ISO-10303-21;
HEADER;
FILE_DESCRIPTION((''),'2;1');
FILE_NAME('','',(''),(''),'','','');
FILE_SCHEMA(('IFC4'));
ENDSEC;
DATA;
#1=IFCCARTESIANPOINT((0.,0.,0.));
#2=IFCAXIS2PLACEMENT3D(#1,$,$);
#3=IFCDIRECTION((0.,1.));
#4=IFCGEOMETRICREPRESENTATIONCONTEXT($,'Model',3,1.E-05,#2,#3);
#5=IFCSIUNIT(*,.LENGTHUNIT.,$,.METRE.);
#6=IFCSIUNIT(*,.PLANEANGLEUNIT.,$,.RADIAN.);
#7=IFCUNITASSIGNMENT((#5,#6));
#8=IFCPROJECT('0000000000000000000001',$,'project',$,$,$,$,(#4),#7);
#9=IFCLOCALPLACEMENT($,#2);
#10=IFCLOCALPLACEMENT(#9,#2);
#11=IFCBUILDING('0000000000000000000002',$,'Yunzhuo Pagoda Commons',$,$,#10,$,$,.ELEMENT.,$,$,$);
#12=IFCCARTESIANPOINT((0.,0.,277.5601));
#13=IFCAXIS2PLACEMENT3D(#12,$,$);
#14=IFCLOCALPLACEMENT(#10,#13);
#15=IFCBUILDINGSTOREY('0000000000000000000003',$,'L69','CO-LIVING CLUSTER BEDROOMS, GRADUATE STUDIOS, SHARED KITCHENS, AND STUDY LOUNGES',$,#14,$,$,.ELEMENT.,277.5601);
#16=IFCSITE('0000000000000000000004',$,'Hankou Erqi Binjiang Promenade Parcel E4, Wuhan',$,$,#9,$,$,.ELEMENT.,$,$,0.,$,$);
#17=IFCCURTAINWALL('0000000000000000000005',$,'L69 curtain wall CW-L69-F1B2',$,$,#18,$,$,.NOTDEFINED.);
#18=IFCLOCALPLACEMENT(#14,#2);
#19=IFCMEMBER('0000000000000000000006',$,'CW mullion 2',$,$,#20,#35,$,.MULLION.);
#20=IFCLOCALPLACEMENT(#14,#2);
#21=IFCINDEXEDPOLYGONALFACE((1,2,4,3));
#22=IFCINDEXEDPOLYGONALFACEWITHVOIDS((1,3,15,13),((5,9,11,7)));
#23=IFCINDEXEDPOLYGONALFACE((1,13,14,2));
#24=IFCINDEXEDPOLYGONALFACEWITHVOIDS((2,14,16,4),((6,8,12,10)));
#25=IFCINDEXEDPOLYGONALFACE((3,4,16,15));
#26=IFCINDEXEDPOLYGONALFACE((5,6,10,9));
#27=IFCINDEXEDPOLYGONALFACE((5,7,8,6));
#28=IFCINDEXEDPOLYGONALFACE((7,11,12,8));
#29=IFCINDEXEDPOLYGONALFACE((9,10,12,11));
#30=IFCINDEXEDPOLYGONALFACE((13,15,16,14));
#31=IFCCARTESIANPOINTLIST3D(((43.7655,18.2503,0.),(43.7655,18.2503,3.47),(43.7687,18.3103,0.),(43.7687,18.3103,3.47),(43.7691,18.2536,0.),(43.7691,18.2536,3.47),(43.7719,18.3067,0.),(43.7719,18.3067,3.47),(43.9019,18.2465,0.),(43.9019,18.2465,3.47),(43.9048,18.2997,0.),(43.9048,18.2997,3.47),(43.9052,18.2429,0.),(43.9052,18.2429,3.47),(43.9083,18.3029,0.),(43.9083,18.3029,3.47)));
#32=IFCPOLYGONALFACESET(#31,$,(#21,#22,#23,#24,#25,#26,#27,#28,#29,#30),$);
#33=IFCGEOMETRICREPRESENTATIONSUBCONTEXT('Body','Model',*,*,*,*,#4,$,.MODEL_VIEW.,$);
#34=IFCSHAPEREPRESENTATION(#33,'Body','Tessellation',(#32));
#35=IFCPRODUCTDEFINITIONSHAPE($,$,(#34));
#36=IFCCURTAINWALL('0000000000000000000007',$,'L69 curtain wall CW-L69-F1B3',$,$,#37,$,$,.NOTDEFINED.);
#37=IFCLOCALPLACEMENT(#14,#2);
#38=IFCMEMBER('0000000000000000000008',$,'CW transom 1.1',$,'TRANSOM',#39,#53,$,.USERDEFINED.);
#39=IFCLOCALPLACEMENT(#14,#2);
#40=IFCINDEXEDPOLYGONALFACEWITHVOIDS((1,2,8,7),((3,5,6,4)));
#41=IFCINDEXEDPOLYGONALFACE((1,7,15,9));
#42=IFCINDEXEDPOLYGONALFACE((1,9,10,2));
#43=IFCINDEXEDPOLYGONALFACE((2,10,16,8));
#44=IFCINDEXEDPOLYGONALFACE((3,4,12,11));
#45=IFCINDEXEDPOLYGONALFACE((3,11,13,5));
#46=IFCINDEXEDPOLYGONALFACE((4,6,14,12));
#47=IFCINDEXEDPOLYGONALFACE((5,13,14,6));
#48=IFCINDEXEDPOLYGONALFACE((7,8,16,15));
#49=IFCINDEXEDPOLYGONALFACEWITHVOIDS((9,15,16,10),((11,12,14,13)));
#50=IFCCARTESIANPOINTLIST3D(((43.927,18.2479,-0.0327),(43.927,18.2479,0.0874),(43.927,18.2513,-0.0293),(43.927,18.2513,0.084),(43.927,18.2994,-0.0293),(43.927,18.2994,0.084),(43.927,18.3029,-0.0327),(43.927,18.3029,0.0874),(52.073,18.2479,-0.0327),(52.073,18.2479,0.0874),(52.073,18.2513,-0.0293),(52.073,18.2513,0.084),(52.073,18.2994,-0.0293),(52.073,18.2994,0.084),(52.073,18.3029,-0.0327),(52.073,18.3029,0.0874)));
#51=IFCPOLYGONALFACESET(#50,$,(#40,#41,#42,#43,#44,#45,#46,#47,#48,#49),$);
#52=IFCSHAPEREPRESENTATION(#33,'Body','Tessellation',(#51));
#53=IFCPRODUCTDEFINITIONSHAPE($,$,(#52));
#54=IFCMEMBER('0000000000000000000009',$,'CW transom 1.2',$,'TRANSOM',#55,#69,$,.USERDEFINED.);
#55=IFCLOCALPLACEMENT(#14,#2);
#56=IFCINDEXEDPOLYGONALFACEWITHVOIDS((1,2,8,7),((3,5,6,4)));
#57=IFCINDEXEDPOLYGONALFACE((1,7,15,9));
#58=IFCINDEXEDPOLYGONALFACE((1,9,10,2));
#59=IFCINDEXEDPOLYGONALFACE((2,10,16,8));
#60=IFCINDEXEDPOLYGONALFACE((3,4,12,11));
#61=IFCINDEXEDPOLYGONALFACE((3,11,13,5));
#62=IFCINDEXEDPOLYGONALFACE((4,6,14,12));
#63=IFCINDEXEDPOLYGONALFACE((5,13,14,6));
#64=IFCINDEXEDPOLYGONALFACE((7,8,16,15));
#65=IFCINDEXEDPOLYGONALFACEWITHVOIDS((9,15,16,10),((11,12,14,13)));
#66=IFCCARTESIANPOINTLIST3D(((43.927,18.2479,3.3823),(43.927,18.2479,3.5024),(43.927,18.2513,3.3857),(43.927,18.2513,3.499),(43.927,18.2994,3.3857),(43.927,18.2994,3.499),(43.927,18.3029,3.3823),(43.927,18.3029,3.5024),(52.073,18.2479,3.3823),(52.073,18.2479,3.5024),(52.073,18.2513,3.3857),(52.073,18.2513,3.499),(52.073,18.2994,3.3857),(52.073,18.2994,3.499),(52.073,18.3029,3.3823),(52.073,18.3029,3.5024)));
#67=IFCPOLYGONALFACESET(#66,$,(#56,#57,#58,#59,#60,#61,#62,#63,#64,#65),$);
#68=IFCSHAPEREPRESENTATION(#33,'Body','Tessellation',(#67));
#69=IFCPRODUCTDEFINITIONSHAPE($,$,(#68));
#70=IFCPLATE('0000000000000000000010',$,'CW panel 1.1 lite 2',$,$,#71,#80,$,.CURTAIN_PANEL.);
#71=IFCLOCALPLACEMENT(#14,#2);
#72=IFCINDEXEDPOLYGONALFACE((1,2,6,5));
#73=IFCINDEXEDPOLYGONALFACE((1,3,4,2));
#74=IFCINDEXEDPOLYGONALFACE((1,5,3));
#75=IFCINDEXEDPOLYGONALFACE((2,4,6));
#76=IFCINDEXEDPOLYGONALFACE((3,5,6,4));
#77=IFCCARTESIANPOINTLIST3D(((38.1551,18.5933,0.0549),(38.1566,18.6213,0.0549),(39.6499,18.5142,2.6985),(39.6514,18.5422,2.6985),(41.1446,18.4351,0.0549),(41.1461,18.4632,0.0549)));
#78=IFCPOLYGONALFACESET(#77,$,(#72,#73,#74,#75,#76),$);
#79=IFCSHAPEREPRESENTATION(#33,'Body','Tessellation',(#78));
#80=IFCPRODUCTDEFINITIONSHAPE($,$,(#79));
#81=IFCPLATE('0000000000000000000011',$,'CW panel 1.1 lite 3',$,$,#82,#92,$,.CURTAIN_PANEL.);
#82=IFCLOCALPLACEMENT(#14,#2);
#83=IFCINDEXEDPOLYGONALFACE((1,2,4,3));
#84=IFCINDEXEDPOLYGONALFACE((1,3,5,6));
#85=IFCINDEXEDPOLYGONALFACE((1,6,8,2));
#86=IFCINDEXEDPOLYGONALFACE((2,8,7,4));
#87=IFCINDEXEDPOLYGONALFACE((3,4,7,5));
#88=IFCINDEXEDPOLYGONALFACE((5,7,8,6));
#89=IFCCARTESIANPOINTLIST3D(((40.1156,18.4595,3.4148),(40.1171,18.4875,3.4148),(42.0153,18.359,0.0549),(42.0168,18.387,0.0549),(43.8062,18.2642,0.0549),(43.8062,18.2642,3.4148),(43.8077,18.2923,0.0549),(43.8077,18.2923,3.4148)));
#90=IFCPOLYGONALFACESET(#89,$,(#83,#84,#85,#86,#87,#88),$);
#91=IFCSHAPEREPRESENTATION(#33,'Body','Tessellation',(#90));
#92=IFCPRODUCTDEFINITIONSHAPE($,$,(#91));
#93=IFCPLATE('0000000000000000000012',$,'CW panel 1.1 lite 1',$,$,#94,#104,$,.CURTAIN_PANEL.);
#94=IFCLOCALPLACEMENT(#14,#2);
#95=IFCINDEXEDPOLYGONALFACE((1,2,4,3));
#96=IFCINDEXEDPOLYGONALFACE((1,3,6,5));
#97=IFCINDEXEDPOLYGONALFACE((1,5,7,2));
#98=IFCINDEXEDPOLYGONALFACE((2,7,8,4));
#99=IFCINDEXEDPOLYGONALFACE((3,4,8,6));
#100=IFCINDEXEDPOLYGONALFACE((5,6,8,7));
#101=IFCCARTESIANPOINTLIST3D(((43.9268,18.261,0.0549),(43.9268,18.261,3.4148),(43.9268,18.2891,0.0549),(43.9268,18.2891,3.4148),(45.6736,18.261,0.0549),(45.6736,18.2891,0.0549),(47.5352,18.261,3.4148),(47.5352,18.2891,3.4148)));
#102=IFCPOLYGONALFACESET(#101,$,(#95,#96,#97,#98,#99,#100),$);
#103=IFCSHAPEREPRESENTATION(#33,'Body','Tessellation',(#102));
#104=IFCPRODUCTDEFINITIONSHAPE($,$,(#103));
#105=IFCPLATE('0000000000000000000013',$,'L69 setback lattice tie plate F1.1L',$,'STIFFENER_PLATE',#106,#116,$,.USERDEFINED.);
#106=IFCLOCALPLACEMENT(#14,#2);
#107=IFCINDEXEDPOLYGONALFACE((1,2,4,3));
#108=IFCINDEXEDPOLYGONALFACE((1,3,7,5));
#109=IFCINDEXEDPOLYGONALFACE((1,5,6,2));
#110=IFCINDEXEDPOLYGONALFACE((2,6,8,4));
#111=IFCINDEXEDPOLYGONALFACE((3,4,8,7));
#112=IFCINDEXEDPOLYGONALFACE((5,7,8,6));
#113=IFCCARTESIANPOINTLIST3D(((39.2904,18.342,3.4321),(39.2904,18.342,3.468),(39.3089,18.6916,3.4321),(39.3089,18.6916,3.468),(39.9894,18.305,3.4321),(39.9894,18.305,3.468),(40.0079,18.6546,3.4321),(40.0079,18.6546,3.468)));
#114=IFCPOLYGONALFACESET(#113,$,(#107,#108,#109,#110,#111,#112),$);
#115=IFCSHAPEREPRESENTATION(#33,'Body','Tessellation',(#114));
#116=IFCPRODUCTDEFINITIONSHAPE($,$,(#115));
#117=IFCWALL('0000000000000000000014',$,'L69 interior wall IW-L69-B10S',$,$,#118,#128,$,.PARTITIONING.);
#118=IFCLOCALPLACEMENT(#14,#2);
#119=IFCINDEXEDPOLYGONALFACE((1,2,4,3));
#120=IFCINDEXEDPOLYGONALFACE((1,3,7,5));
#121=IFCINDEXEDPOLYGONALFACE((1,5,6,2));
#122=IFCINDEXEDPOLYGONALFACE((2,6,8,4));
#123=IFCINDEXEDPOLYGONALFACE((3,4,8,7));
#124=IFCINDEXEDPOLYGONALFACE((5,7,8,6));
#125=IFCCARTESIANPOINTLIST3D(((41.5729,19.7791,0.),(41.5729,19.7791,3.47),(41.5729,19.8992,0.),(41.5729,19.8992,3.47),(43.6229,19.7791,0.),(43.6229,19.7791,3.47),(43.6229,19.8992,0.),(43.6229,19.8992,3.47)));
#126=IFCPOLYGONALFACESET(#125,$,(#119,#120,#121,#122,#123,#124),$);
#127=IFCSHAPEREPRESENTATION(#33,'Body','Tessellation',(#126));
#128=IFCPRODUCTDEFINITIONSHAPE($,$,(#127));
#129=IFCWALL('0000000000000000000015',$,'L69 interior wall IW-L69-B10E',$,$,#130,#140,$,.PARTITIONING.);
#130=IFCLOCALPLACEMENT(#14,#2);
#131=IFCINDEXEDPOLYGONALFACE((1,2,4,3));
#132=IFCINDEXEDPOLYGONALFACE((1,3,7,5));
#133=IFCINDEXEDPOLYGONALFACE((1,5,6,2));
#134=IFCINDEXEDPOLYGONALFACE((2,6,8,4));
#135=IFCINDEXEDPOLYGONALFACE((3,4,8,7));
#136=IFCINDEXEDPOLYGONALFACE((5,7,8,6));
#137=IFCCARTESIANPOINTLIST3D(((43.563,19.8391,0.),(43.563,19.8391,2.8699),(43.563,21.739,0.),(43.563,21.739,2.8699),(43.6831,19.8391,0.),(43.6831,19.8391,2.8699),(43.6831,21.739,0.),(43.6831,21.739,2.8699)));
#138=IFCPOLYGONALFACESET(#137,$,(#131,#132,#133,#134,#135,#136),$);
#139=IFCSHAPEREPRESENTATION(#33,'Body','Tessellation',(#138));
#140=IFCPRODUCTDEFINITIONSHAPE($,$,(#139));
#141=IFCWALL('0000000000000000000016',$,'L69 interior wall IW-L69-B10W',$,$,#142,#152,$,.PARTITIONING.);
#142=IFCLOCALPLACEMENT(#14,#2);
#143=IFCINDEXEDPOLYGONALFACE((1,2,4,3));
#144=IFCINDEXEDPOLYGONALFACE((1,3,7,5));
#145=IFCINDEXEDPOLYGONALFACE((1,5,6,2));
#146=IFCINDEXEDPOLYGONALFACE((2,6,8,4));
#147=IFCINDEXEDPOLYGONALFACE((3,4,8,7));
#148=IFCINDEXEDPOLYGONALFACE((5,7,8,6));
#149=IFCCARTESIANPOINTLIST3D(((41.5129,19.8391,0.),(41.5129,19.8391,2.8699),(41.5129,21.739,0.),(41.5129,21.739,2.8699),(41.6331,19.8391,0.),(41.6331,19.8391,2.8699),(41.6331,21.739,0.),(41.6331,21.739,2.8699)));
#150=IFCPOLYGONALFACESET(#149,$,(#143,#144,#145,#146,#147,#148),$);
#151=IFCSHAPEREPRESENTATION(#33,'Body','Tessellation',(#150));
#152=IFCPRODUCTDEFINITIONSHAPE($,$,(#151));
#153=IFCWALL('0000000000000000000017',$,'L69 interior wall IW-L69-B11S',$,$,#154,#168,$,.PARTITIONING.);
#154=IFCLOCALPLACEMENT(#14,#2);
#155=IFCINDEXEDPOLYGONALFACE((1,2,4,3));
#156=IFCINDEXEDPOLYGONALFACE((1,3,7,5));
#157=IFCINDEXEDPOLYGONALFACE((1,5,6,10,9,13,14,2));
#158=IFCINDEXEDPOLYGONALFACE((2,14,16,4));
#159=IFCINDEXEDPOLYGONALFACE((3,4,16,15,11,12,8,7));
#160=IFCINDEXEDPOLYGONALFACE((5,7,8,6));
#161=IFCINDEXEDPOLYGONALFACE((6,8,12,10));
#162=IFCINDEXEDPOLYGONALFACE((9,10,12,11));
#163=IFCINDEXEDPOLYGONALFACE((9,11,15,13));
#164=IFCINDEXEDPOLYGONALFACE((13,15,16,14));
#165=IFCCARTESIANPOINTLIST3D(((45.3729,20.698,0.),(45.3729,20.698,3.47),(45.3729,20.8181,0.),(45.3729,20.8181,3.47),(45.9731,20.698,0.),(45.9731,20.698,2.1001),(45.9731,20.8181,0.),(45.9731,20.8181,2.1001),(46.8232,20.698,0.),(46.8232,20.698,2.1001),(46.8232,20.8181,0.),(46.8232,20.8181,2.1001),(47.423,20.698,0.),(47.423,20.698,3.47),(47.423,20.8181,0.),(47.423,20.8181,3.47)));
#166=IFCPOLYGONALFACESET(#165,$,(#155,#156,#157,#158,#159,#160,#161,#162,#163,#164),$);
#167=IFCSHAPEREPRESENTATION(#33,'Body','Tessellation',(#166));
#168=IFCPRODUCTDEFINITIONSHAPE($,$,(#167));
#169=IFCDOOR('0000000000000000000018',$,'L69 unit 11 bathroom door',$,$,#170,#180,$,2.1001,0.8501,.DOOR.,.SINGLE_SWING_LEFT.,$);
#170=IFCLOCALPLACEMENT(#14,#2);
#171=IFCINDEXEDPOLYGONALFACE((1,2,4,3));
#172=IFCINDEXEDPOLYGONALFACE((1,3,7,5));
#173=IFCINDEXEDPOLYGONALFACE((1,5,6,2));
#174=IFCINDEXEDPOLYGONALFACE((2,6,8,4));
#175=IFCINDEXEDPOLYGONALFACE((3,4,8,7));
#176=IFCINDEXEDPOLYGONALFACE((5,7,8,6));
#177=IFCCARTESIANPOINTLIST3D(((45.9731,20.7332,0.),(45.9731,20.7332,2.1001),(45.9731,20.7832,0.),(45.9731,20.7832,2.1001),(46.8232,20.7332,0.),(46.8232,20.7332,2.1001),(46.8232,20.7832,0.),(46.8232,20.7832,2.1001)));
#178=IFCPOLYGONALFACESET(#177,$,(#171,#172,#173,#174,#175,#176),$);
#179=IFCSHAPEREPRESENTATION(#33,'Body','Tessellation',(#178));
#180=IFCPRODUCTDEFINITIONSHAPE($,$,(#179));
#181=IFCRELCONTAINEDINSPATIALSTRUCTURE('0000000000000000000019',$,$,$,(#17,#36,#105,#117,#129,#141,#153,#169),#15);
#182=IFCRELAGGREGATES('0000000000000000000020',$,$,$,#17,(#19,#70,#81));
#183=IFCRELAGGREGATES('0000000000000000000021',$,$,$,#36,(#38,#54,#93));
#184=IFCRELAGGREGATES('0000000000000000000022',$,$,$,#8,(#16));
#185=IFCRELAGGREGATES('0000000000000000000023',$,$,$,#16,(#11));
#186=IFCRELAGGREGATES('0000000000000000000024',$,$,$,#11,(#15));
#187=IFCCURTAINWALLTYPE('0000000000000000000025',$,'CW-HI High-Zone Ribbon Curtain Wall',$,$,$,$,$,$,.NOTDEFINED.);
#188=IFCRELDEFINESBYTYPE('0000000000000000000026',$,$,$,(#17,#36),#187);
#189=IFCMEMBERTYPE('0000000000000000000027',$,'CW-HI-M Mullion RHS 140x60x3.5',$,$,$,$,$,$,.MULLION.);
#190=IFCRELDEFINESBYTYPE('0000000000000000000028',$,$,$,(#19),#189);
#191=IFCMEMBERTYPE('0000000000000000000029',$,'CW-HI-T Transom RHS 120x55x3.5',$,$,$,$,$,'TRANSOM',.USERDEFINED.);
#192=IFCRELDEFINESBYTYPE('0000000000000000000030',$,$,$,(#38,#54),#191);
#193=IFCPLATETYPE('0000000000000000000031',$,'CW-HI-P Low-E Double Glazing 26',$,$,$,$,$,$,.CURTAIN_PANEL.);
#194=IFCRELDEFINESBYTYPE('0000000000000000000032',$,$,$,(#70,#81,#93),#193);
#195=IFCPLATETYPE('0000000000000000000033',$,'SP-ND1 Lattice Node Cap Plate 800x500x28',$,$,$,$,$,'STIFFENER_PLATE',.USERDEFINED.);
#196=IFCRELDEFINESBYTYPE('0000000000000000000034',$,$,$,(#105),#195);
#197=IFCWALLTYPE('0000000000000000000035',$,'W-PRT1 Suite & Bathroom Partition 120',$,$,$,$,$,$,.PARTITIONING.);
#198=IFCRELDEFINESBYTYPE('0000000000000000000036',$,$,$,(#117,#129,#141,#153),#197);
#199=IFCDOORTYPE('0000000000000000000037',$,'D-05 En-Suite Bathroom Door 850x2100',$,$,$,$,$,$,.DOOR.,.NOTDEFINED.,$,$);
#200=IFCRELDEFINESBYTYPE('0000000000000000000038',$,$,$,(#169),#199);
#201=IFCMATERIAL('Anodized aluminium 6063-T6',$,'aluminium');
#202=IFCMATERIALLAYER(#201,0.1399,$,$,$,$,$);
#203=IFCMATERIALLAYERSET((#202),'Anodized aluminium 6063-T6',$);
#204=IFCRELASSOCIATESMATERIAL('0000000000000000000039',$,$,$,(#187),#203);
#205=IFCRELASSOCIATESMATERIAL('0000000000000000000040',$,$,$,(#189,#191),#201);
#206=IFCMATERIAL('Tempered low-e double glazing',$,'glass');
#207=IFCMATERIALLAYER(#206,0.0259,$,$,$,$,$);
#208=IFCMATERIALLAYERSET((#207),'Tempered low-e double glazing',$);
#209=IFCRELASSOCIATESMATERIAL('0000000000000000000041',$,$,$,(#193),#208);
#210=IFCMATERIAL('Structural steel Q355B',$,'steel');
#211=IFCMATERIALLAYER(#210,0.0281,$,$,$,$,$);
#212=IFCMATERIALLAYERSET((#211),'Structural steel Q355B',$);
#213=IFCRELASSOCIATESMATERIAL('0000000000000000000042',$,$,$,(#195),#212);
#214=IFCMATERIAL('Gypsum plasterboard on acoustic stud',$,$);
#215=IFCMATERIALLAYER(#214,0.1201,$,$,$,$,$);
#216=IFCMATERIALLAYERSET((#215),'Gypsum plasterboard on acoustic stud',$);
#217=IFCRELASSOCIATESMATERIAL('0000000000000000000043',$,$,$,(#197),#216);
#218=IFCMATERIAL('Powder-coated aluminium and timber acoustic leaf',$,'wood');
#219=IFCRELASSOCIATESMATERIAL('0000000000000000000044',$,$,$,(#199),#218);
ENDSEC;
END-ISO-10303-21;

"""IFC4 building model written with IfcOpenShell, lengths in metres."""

from ifc_helpers import new_model, si_unit, direction, frame, frame_2d, origin, origin_2d, place, context, subcontext, project, spatial, polyline, rectangle, hollow_rectangle, outline, extrude, source, transform, mapped, material, layer, layer_set, material_profile, profile_set, type_object, element, fill, aggregate, save


model = new_model("IFC4")

# Units and contexts
model_context = context("Model", 3, precision=1e-05, world=origin(), true_north=direction((0.0, 1.0)))
body_context = subcontext(model_context, "Body", "Model", "MODEL_VIEW")
ifc_project = project(units=[si_unit("LENGTHUNIT", "METRE"), si_unit("PLANEANGLEUNIT", "RADIAN")], contexts=[model_context])

# Site, building, storey
site_placement = place(None, origin())
site = spatial("IfcSite", under=ifc_project, at=site_placement, Name="Hankou Erqi Binjiang Promenade Parcel E4, Wuhan", CompositionType="ELEMENT", RefElevation=0.0)
building_placement = place(site_placement, origin())
building = spatial("IfcBuilding", under=site, at=building_placement, Name="Yunzhuo Pagoda Commons", CompositionType="ELEMENT")
storey_placement = place(building_placement, frame((0.0, 0.0, 277.5601)))
storey = spatial("IfcBuildingStorey", under=building, at=storey_placement, Name="L69", Description="CO-LIVING CLUSTER BEDROOMS, GRADUATE STUDIOS, SHARED KITCHENS, AND STUDY LOUNGES", CompositionType="ELEMENT", Elevation=277.5601)

# Shared definitions
ifc_material_1 = material(Name="Structural steel Q355B", Category="steel")

# Curtain wall, member
ifc_material_2 = material(Name="Anodized aluminium 6063-T6", Category="aluminium")
ifc_layer_1 = layer(ifc_material_2, 0.1399)
ifc_layer_set_1 = layer_set([ifc_layer_1], Name="Anodized aluminium 6063-T6")
curtain_wall_type = type_object("IfcCurtainWallType", Name="CW-HI High-Zone Ribbon Curtain Wall", PredefinedType="NOTDEFINED", material=ifc_layer_set_1)
curtain_wall_1_placement = place(storey_placement, origin())
curtain_wall_1 = element("IfcCurtainWall", 1, at=curtain_wall_1_placement, inside=storey, type_object=curtain_wall_type, Name="L69 curtain wall CW-L69-F1B2", PredefinedType="NOTDEFINED")
ifc_material_profile_1 = material_profile(ifc_material_2, hollow_rectangle(XDim=0.0601, YDim=0.1399, WallThickness=0.0034, at=origin_2d()), Name="Anodized aluminium 6063-T6")
ifc_profile_set_1 = profile_set([ifc_material_profile_1], Name="Anodized aluminium 6063-T6")
member_type_1 = type_object("IfcMemberType", Name="CW-HI-M Mullion RHS 140x60x3.5", PredefinedType="MULLION", material=ifc_profile_set_1)
shared_shape_1 = source(origin(), body_context, "Body", "SweptSolid", [
    extrude(hollow_rectangle(XDim=0.0601, YDim=0.1399, WallThickness=0.0034, at=origin_2d()), origin(), (0.0, 0.0, 1.0), 3.47),
])
member_1_placement = place(storey_placement, frame((43.8369, 18.2766, 0.0), z_axis=(0.0, 0.0, 1.0), x_axis=(0.052822, 0.998604, 0.0)))
member_1 = element("IfcMember", 2, at=member_1_placement, type_object=member_type_1, Name="CW mullion 2", PredefinedType="MULLION", context=body_context, shape_type="MappedRepresentation", body=[
    mapped(shared_shape_1, transform((0.0, 0.0, 0.0), scale=1.0)),
])

# Curtain wall, members
curtain_wall_2_placement = place(storey_placement, origin())
curtain_wall_2 = element("IfcCurtainWall", 3, at=curtain_wall_2_placement, inside=storey, type_object=curtain_wall_type, Name="L69 curtain wall CW-L69-F1B3", PredefinedType="NOTDEFINED")
ifc_material_profile_2 = material_profile(ifc_material_2, hollow_rectangle(XDim=0.0549, YDim=0.1201, WallThickness=0.0034, at=origin_2d()), Name="Anodized aluminium 6063-T6")
ifc_profile_set_2 = profile_set([ifc_material_profile_2], Name="Anodized aluminium 6063-T6")
member_type_2 = type_object("IfcMemberType", Name="CW-HI-T Transom RHS 120x55x3.5", ElementType="TRANSOM", PredefinedType="USERDEFINED", material=ifc_profile_set_2)
shared_shape_2 = source(origin(), body_context, "Body", "SweptSolid", [
    extrude(hollow_rectangle(XDim=0.0549, YDim=0.1201, WallThickness=0.0034, at=origin_2d()), origin(), (0.0, 0.0, 1.0), 8.146),
])
member_2_placement = place(storey_placement, frame((43.927, 18.2754, 0.0273), z_axis=(1.0, 0.0, 0.0), x_axis=(0.0, 1.0, 0.0)))
member_2 = element("IfcMember", 4, at=member_2_placement, type_object=member_type_2, Name="CW transom 1.1", ObjectType="TRANSOM", PredefinedType="USERDEFINED", context=body_context, shape_type="MappedRepresentation", body=[
    mapped(shared_shape_2, transform((0.0, 0.0, 0.0), scale=1.0)),
])
member_3_placement = place(storey_placement, frame((43.927, 18.2754, 3.4424), z_axis=(1.0, 0.0, 0.0), x_axis=(0.0, 1.0, 0.0)))
member_3 = element("IfcMember", 5, at=member_3_placement, type_object=member_type_2, Name="CW transom 1.2", ObjectType="TRANSOM", PredefinedType="USERDEFINED", context=body_context, shape_type="MappedRepresentation", body=[
    mapped(shared_shape_2, transform((0.0, 0.0, 0.0), scale=1.0)),
])

# Plates
ifc_material_3 = material(Name="Tempered low-e double glazing", Category="glass")
ifc_layer_2 = layer(ifc_material_3, 0.0259)
ifc_layer_set_2 = layer_set([ifc_layer_2], Name="Tempered low-e double glazing")
plate_type_1 = type_object("IfcPlateType", Name="CW-HI-P Low-E Double Glazing 26", PredefinedType="CURTAIN_PANEL", material=ifc_layer_set_2)
plate_1_placement = place(storey_placement, frame((39.6514, 18.5422, 1.3767), z_axis=(-0.052822, -0.998604, 0.0), x_axis=(0.998604, -0.052822, 0.0)))
plate_1 = element("IfcPlate", 6, at=plate_1_placement, type_object=plate_type_1, Name="CW panel 1.1 lite 2", PredefinedType="CURTAIN_PANEL", context=body_context, shape_type="SweptSolid", body=[
    extrude(outline(polyline([(-1.4968, -1.3218), (1.4968, -1.3218), (0.0, 1.3218), (-1.4968, -1.3218)])), origin(), (0.0, 0.0, 1.0), 0.0281),
])
plate_2_placement = place(storey_placement, frame((41.9624, 18.3899, 1.7349), z_axis=(-0.052822, -0.998604, 0.0), x_axis=(0.998604, -0.052822, 0.0)))
plate_2 = element("IfcPlate", 7, at=plate_2_placement, type_object=plate_type_1, Name="CW panel 1.1 lite 3", PredefinedType="CURTAIN_PANEL", context=body_context, shape_type="SweptSolid", body=[
    extrude(outline(polyline([(-1.8479, 1.6799), (0.0544, -1.6799), (1.8479, -1.6799), (1.8479, 1.6799), (-1.8479, 1.6799)])), origin(), (0.0, 0.0, 1.0), 0.0281),
])
aggregate(curtain_wall_1, [member_1, plate_1, plate_2])
plate_3_placement = place(storey_placement, frame((45.731, 18.2891, 1.7349), z_axis=(0.0, -1.0, 0.0), x_axis=(1.0, 0.0, 0.0)))
plate_3 = element("IfcPlate", 8, at=plate_3_placement, type_object=plate_type_1, Name="CW panel 1.1 lite 1", PredefinedType="CURTAIN_PANEL", context=body_context, shape_type="SweptSolid", body=[
    extrude(outline(polyline([(-1.8042, -1.6799), (-0.0574, -1.6799), (1.8042, 1.6799), (-1.8042, 1.6799), (-1.8042, -1.6799)])), origin(), (0.0, 0.0, 1.0), 0.0281),
])
aggregate(curtain_wall_2, [member_2, member_3, plate_3])
ifc_layer_3 = layer(ifc_material_1, 0.0281)
ifc_layer_set_3 = layer_set([ifc_layer_3], Name="Structural steel Q355B")
plate_type_2 = type_object("IfcPlateType", Name="SP-ND1 Lattice Node Cap Plate 800x500x28", ElementType="STIFFENER_PLATE", PredefinedType="USERDEFINED", material=ifc_layer_set_3)
shared_shape_3 = source(origin(), body_context, "Body", "SweptSolid", [
    extrude(rectangle(XDim=0.7, YDim=0.3501, at=origin_2d()), origin(), (0.0, 0.0, 1.0), 0.0359),
])
plate_4_placement = place(storey_placement, frame((39.6492, 18.4983, 3.4321), z_axis=(0.0, 0.0, 1.0), x_axis=(0.998604, -0.052824, 0.0)))
element("IfcPlate", 9, at=plate_4_placement, inside=storey, type_object=plate_type_2, Name="L69 setback lattice tie plate F1.1L", ObjectType="STIFFENER_PLATE", PredefinedType="USERDEFINED", context=body_context, shape_type="MappedRepresentation", body=[
    mapped(shared_shape_3, transform((0.0, 0.0, 0.0), scale=1.0)),
])

# Walls
ifc_material_4 = material(Name="Gypsum plasterboard on acoustic stud")
ifc_layer_4 = layer(ifc_material_4, 0.1201)
ifc_layer_set_4 = layer_set([ifc_layer_4], Name="Gypsum plasterboard on acoustic stud")
wall_type = type_object("IfcWallType", Name="W-PRT1 Suite & Bathroom Partition 120", PredefinedType="PARTITIONING", material=ifc_layer_set_4)
wall_1_placement = place(storey_placement, frame((41.573, 19.8391, 0.0), z_axis=(0.0, 0.0, 1.0), x_axis=(1.0, 0.0, 0.0)))
element("IfcWall", 10, at=wall_1_placement, inside=storey, type_object=wall_type, Name="L69 interior wall IW-L69-B10S", PredefinedType="PARTITIONING", context=body_context, shape_type="SweptSolid", body=[
    extrude(rectangle(XDim=2.05, YDim=0.1201, at=frame_2d((1.0249, 0.0))), origin(), (0.0, 0.0, 1.0), 3.47),
])
for number, where, z_axis, x_axis, name in (
    (11, (43.623, 19.8391, 0.0), (0.0, 0.0, 1.0), (0.0, 1.0, 0.0), "L69 interior wall IW-L69-B10E"),
    (12, (41.573, 21.739, 0.0), (0.0, 0.0, 1.0), (0.0, -1.0, 0.0), "L69 interior wall IW-L69-B10W"),
):
    element("IfcWall", number, at=place(storey_placement, frame(where, z_axis=z_axis, x_axis=x_axis)), inside=storey, type_object=wall_type, Name=name, PredefinedType="PARTITIONING", context=body_context, shape_type="SweptSolid", body=[
        extrude(rectangle(XDim=1.8999, YDim=0.1201, at=frame_2d((0.95, 0.0))), origin(), (0.0, 0.0, 1.0), 2.8699),
    ])

# Wall, opening, door
wall_2_placement = place(storey_placement, frame((45.373, 20.7581, 0.0), z_axis=(0.0, 0.0, 1.0), x_axis=(1.0, 0.0, 0.0)))
wall_2 = element("IfcWall", 13, at=wall_2_placement, inside=storey, type_object=wall_type, Name="L69 interior wall IW-L69-B11S", PredefinedType="PARTITIONING", context=body_context, shape_type="SweptSolid", body=[
    extrude(rectangle(XDim=2.05, YDim=0.1201, at=frame_2d((1.0249, 0.0))), origin(), (0.0, 0.0, 1.0), 3.47),
])
opening_placement = place(wall_2_placement, frame((0.6001, 0.0, 0.0)))
opening = element("IfcOpeningElement", 14, at=opening_placement, cuts=wall_2, PredefinedType="OPENING", context=body_context, shape_type="SweptSolid", body=[
    extrude(rectangle(XDim=0.8501, YDim=2.1001, at=frame_2d((0.425, 1.05))), frame((0.0, 0.0701, 0.0), z_axis=(0.0, -1.0, 0.0), x_axis=(1.0, 0.0, 0.0)), (0.0, 0.0, 1.0), 0.1401),
])
ifc_material_5 = material(Name="Powder-coated aluminium and timber acoustic leaf", Category="wood")
door_type = type_object("IfcDoorType", Name="D-05 En-Suite Bathroom Door 850x2100", OperationType="NOTDEFINED", PredefinedType="DOOR", material=ifc_material_5)
shared_shape_4 = source(origin(), body_context, "Body", "SweptSolid", [
    extrude(rectangle(XDim=0.8501, YDim=2.1001, at=frame_2d((0.425, 1.05))), frame((0.0, 0.0249, 0.0), z_axis=(0.0, -1.0, 0.0), x_axis=(1.0, 0.0, 0.0)), (0.0, 0.0, 1.0), 0.05),
])
door_placement = place(opening_placement, frame((0.8501, 0.0, 0.0), z_axis=(0.0, 0.0, 1.0), x_axis=(-1.0, 0.0, 0.0)))
door = element("IfcDoor", 15, at=door_placement, inside=storey, type_object=door_type, Name="L69 unit 11 bathroom door", OperationType="SINGLE_SWING_LEFT", OverallHeight=2.1001, OverallWidth=0.8501, PredefinedType="DOOR", context=body_context, shape_type="MappedRepresentation", body=[
    mapped(shared_shape_4, transform((0.0, 0.0, 0.0), scale=1.0)),
])
fill(opening, door)

save(model, "model.ifc")
